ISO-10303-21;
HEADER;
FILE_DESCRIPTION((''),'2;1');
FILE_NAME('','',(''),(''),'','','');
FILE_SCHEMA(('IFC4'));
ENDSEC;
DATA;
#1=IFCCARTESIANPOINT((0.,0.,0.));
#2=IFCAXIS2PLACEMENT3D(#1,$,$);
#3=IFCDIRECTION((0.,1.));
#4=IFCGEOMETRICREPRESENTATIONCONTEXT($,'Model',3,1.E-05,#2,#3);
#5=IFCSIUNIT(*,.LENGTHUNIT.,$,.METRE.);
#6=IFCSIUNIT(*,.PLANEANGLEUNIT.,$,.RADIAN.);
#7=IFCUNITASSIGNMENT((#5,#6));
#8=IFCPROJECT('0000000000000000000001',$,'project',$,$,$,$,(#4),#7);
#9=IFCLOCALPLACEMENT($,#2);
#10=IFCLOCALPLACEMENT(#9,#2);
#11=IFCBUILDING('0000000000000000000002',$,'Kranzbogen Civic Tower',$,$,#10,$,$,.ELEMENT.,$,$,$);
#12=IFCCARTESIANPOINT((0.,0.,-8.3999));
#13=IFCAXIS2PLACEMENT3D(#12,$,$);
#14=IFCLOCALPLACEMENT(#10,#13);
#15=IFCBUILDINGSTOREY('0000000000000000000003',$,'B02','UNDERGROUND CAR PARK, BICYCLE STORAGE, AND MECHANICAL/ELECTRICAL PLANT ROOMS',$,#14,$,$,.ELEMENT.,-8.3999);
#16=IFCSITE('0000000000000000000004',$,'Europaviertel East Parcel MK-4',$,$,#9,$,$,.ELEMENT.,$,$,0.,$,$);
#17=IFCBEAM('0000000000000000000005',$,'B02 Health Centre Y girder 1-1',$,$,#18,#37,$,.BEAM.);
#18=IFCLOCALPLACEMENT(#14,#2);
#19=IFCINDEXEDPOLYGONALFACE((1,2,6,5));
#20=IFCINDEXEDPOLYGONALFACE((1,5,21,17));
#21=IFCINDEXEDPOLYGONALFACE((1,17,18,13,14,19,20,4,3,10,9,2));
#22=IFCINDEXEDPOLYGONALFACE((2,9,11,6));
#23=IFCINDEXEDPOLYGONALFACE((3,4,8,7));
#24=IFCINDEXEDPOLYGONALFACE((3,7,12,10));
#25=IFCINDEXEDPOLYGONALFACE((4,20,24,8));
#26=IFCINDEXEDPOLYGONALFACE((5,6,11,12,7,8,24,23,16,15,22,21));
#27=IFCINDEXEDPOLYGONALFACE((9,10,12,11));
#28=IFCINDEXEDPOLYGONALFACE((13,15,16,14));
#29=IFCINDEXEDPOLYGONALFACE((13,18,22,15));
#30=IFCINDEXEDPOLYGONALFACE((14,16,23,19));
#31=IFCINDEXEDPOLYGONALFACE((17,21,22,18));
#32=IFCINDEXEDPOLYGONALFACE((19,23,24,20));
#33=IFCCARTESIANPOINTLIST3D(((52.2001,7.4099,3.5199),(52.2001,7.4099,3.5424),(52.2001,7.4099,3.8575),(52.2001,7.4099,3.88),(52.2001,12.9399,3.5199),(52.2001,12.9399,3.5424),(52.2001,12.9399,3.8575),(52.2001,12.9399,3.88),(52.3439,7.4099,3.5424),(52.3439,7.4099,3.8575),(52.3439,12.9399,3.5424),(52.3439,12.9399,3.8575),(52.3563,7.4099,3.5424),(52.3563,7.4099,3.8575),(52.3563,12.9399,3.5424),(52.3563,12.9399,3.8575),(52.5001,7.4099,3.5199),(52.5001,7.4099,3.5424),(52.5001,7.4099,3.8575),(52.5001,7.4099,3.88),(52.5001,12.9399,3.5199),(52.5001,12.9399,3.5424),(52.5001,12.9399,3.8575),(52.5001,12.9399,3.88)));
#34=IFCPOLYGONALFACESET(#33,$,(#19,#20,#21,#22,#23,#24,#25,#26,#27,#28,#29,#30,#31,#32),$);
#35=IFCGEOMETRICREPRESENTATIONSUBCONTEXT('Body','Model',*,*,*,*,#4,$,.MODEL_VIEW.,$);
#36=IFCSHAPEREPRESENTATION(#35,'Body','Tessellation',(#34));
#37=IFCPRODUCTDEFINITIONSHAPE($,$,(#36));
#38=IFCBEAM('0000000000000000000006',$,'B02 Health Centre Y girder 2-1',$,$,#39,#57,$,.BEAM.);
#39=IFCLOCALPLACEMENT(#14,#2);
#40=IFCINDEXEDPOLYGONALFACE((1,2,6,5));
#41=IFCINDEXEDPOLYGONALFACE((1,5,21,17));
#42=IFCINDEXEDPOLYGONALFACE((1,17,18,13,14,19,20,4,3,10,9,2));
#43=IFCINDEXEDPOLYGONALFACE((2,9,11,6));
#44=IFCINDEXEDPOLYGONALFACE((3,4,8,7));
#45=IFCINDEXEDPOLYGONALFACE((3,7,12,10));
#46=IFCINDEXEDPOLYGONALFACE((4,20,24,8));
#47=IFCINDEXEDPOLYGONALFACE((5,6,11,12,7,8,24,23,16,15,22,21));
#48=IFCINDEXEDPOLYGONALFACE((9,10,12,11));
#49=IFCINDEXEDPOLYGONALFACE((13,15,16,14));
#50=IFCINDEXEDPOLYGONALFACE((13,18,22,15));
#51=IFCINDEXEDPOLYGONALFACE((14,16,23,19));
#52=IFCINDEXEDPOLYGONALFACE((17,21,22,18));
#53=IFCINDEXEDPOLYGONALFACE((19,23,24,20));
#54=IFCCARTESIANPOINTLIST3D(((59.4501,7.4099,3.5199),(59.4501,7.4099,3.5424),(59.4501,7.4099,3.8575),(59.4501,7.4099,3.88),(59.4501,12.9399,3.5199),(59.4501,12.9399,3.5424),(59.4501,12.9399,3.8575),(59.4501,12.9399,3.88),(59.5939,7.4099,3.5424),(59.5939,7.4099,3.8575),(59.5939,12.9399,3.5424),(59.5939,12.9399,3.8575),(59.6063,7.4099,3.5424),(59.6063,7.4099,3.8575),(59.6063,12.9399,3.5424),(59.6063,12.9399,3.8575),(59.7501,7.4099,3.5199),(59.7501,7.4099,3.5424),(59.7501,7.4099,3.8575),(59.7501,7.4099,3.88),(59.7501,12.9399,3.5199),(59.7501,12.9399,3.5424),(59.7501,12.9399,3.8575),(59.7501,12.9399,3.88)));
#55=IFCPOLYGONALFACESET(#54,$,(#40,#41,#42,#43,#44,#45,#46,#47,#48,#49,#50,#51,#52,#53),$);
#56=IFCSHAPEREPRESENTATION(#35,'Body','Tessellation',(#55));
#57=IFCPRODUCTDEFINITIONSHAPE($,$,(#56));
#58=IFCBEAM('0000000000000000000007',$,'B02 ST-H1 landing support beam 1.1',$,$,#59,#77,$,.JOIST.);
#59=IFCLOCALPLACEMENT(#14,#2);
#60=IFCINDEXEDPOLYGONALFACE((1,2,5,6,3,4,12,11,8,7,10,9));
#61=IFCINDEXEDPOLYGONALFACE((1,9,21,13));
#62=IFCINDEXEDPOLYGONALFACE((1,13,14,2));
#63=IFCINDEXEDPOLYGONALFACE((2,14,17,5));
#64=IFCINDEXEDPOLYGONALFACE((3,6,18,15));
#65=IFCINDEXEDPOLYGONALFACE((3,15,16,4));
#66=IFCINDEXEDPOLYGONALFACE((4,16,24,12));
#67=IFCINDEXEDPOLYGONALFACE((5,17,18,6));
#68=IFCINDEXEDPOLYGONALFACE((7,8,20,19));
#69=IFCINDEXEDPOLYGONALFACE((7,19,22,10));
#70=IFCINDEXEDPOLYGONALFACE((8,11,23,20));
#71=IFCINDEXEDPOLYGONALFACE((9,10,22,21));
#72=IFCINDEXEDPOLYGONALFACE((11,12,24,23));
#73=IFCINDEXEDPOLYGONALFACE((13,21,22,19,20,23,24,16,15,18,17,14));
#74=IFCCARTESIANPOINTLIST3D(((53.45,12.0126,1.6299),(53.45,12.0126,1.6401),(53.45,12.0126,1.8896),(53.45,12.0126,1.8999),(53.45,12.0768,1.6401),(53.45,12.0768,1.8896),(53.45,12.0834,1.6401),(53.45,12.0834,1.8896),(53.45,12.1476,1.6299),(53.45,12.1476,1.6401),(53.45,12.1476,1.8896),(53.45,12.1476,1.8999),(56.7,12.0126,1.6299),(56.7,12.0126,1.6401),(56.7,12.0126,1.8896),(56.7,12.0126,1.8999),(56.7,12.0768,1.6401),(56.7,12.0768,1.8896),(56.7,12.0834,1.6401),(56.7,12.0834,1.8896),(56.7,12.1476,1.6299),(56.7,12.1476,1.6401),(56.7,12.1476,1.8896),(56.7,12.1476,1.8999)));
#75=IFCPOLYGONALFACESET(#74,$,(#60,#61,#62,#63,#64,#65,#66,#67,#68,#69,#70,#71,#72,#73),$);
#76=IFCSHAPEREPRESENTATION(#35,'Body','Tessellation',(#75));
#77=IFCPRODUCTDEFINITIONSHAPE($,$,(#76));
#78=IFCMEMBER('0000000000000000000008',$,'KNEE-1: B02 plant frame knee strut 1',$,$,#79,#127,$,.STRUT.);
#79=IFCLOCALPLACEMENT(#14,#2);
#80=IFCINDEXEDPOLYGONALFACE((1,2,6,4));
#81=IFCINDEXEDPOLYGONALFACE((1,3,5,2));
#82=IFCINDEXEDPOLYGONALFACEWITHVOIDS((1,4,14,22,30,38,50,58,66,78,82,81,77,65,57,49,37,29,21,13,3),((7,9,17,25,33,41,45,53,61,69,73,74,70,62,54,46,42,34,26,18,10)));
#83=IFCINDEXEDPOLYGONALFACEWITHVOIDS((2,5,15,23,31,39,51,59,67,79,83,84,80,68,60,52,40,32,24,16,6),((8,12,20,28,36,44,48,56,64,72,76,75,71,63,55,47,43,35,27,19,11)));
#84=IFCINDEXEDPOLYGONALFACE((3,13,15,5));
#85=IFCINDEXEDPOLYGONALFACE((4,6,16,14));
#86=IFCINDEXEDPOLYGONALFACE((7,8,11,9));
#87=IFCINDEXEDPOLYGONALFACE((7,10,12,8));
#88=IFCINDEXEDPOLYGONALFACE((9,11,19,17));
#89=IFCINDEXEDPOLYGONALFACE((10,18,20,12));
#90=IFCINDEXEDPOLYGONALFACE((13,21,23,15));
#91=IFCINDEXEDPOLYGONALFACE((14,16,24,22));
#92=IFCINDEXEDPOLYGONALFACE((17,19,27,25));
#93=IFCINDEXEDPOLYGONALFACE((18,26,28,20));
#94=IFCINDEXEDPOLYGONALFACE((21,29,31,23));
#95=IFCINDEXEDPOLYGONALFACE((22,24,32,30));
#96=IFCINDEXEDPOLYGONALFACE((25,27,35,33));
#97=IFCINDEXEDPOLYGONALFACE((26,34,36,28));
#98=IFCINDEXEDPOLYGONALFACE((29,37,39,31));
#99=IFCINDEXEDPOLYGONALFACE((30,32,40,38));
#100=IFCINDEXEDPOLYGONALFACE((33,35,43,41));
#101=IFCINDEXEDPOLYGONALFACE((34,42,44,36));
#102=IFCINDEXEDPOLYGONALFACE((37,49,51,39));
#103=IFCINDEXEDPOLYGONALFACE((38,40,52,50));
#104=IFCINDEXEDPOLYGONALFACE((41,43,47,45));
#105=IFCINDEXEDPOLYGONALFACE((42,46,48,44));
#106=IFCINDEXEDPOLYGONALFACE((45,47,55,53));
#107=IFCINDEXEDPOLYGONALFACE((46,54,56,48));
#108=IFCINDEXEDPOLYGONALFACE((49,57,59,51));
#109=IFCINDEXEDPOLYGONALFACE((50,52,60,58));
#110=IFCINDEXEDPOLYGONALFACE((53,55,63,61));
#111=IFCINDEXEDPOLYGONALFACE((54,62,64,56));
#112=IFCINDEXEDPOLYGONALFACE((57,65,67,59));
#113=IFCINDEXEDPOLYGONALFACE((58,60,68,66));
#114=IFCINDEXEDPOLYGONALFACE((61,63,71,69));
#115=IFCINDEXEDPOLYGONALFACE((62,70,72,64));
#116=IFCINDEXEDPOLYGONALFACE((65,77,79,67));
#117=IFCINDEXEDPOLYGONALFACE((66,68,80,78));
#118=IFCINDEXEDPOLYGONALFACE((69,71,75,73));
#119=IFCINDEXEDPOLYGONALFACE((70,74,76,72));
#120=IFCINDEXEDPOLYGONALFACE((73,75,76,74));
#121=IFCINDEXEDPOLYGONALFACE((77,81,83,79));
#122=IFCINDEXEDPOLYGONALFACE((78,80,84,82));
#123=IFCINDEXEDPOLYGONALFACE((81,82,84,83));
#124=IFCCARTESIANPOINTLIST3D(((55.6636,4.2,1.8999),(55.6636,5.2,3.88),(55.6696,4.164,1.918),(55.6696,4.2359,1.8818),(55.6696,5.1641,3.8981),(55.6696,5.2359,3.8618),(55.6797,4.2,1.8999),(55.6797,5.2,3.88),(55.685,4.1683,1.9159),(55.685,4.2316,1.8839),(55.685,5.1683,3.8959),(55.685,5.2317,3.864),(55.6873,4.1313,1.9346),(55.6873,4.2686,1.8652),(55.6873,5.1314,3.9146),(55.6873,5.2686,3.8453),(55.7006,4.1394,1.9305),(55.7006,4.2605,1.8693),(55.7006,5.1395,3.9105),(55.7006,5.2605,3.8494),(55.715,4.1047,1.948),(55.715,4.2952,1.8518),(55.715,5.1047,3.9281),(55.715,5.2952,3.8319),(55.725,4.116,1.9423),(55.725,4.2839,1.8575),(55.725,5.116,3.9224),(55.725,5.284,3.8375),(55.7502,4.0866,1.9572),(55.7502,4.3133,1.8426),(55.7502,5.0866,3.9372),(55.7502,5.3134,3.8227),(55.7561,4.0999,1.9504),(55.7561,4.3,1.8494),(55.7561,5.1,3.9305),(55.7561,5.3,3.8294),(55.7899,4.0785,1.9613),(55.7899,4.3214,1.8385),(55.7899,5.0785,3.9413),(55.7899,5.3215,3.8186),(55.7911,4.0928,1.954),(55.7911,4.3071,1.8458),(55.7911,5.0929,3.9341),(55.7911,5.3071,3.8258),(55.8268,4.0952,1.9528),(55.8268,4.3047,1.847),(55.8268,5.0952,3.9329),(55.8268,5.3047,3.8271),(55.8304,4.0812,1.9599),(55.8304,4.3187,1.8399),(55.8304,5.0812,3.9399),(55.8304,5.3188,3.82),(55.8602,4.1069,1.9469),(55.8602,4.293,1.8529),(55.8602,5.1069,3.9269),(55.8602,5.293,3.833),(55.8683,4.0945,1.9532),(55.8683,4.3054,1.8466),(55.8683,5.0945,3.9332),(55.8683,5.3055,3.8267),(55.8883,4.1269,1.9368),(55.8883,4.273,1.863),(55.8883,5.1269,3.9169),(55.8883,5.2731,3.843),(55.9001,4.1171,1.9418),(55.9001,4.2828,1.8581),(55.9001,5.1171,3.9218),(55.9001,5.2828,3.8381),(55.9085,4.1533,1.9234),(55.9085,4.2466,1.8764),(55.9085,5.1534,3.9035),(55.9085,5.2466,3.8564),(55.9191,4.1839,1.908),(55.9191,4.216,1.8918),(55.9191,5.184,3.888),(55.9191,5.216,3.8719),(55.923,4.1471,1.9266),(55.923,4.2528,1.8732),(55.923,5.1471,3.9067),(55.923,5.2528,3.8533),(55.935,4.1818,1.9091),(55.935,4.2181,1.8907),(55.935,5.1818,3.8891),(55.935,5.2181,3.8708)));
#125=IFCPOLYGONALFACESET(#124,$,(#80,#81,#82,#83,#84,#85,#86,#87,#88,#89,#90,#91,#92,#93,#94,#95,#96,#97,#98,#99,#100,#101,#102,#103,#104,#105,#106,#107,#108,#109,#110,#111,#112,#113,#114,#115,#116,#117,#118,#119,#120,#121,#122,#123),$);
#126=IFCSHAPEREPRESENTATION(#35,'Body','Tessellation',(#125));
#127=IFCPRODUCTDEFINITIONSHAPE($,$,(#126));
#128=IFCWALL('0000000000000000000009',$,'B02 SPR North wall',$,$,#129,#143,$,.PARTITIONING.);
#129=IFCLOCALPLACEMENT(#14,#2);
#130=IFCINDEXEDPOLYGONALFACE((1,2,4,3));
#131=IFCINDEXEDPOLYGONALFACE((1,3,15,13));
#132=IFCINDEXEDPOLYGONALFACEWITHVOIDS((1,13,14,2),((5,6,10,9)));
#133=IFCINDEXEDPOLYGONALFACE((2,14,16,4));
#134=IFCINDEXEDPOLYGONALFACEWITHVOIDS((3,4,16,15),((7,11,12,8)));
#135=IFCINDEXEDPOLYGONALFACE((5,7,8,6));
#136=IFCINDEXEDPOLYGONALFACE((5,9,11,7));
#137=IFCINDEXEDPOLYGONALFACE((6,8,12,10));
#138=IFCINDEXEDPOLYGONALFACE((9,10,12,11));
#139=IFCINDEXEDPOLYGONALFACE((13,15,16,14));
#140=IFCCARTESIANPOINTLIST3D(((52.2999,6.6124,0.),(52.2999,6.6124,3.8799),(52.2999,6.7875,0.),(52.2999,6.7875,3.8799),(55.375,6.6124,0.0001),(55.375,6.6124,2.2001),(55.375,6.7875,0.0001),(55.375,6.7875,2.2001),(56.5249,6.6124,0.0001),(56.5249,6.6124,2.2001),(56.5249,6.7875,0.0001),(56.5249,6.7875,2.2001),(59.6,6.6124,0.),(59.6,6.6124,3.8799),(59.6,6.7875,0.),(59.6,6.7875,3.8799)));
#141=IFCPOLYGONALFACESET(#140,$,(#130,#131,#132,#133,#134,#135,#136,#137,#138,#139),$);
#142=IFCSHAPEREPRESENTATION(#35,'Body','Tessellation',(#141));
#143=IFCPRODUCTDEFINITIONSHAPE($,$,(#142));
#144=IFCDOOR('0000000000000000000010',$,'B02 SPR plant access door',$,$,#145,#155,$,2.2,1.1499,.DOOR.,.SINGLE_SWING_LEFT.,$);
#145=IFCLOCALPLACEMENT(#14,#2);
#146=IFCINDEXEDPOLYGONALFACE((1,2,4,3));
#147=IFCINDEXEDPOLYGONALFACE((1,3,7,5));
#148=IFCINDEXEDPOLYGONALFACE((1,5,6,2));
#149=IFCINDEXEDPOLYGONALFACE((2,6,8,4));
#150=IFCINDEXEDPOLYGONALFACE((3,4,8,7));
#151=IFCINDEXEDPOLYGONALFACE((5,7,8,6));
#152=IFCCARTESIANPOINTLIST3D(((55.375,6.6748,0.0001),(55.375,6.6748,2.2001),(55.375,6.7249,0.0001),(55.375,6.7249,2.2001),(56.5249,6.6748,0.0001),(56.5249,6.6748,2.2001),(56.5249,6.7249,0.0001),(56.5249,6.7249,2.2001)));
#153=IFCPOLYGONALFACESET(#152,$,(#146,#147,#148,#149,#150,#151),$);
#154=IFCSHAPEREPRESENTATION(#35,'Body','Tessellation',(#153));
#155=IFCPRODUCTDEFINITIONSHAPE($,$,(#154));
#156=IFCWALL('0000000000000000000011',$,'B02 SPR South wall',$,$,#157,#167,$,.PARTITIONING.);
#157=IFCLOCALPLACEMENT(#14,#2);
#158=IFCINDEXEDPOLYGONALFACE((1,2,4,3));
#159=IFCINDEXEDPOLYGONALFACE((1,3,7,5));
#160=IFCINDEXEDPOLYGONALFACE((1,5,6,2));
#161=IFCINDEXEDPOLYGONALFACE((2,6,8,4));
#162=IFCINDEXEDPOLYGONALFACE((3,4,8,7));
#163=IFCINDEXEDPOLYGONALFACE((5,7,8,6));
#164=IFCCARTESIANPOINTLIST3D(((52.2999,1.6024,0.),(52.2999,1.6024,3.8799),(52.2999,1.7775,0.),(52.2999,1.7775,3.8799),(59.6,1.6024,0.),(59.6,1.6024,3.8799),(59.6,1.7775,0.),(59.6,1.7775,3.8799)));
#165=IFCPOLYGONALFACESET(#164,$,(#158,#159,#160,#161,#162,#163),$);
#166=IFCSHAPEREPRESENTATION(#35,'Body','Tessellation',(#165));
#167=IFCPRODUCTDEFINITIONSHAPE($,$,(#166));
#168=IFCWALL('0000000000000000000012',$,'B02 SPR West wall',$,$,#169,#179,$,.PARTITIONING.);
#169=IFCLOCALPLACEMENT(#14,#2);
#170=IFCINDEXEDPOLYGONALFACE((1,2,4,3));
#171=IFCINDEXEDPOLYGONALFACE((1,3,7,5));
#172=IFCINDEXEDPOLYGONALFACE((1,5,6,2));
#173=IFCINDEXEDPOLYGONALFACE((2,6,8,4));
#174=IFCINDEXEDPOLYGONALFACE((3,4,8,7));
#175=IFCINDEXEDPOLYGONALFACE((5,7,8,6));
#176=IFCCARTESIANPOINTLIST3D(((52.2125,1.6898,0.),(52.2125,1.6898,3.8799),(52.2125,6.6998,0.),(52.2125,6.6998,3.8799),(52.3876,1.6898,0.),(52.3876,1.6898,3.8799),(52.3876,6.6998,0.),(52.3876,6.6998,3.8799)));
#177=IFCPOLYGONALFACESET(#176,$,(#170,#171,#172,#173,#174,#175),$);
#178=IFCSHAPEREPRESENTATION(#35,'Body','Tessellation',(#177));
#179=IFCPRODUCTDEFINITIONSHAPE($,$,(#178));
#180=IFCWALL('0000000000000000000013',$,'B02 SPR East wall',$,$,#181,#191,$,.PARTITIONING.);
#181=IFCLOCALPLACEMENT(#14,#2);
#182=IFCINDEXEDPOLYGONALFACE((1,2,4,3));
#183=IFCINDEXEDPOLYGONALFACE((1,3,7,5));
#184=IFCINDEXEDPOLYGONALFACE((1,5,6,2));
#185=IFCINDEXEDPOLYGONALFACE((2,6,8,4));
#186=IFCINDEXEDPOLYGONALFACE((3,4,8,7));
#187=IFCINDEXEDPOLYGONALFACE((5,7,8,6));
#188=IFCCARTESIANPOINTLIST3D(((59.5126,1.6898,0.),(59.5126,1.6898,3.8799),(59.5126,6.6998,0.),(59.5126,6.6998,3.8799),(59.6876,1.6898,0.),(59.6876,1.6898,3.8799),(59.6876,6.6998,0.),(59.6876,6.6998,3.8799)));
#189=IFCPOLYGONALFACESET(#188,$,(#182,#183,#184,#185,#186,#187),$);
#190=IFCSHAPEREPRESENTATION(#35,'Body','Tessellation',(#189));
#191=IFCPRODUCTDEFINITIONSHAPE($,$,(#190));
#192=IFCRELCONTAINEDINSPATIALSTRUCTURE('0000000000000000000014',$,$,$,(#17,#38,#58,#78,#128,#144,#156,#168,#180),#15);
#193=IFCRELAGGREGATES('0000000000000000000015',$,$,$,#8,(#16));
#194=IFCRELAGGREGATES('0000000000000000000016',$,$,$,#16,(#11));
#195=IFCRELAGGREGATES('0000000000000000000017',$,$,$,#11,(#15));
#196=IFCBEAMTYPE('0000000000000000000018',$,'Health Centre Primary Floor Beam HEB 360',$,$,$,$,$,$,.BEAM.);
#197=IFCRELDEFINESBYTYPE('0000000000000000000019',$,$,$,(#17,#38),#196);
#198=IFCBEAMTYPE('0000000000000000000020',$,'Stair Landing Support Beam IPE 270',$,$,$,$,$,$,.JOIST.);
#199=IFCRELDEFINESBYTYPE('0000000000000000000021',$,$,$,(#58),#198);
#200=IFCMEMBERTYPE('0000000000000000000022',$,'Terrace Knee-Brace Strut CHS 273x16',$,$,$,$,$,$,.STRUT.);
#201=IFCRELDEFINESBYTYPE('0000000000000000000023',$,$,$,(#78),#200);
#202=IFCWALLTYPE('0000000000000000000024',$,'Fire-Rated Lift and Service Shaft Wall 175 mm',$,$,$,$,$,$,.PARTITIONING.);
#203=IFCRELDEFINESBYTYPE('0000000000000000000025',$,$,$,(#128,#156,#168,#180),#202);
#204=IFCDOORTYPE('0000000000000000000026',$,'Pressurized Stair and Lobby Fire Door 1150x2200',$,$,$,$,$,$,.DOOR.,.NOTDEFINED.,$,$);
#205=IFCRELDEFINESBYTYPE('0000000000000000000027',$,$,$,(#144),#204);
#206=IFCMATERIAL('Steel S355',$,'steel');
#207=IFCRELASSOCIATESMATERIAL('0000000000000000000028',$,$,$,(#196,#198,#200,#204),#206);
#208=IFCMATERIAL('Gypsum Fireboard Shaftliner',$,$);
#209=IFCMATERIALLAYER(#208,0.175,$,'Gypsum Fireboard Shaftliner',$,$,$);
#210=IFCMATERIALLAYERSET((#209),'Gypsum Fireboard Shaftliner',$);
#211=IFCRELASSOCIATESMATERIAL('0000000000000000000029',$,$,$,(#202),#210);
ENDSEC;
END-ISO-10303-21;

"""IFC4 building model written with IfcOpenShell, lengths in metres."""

from ifc_helpers import new_model, si_unit, direction, frame, frame_2d, origin, origin_2d, place, context, subcontext, project, spatial, rectangle, hollow_circle, i_section, extrude, material, layer, layer_set, material_profile, profile_set, type_object, element, fill, save


model = new_model("IFC4")

# Units and contexts
model_context = context("Model", 3, precision=1e-05, world=origin(), true_north=direction((0.0, 1.0)))
body_context = subcontext(model_context, "Body", "Model", "MODEL_VIEW")
ifc_project = project(units=[si_unit("LENGTHUNIT", "METRE"), si_unit("PLANEANGLEUNIT", "RADIAN")], contexts=[model_context])

# Site, building, storey
site_placement = place(None, origin())
site = spatial("IfcSite", under=ifc_project, at=site_placement, Name="Europaviertel East Parcel MK-4", CompositionType="ELEMENT", RefElevation=0.0)
building_placement = place(site_placement, origin())
building = spatial("IfcBuilding", under=site, at=building_placement, Name="Kranzbogen Civic Tower", CompositionType="ELEMENT")
storey_placement = place(building_placement, frame((0.0, 0.0, -8.3999)))
storey = spatial("IfcBuildingStorey", under=building, at=storey_placement, Name="B02", Description="UNDERGROUND CAR PARK, BICYCLE STORAGE, AND MECHANICAL/ELECTRICAL PLANT ROOMS", CompositionType="ELEMENT", Elevation=-8.3999)

# Shared definitions
ifc_material_1 = material(Name="Steel S355", Category="steel")

# Beams
ifc_material_profile_1 = material_profile(ifc_material_1, i_section(OverallWidth=0.3, OverallDepth=0.3601, WebThickness=0.0125, FlangeThickness=0.0225, at=origin_2d()), Name="HEB 360")
ifc_profile_set_1 = profile_set([ifc_material_profile_1], Name="Steel S355")
beam_type_1 = type_object("IfcBeamType", Name="Health Centre Primary Floor Beam HEB 360", PredefinedType="BEAM", material=ifc_profile_set_1)
for number, where, z_axis, x_axis, name in (
    (1, (52.3501, 7.4099, 3.7), (0.0, 1.0, 0.0), (-1.0, 0.0, 0.0), "B02 Health Centre Y girder 1-1"),
    (2, (59.6001, 7.4099, 3.7), (0.0, 1.0, 0.0), (-1.0, 0.0, 0.0), "B02 Health Centre Y girder 2-1"),
):
    element("IfcBeam", number, at=place(storey_placement, frame(where, z_axis=z_axis, x_axis=x_axis)), inside=storey, type_object=beam_type_1, Name=name, PredefinedType="BEAM", context=body_context, shape_type="SweptSolid", body=[
        extrude(i_section(OverallWidth=0.3, OverallDepth=0.3601, WebThickness=0.0125, FlangeThickness=0.0225, at=origin_2d()), origin(), (0.0, 0.0, 1.0), 5.53),
    ])
ifc_material_profile_2 = material_profile(ifc_material_1, i_section(OverallWidth=0.135, OverallDepth=0.27, WebThickness=0.0066, FlangeThickness=0.0103, at=origin_2d()), Name="IPE 270")
ifc_profile_set_2 = profile_set([ifc_material_profile_2], Name="Steel S355")
beam_type_2 = type_object("IfcBeamType", Name="Stair Landing Support Beam IPE 270", PredefinedType="JOIST", material=ifc_profile_set_2)
beam_placement = place(storey_placement, frame((56.7, 12.0801, 1.7649), z_axis=(-1.0, 0.0, 0.0), x_axis=(0.0, -1.0, 0.0)))
element("IfcBeam", 3, at=beam_placement, inside=storey, type_object=beam_type_2, Name="B02 ST-H1 landing support beam 1.1", PredefinedType="JOIST", context=body_context, shape_type="SweptSolid", body=[
    extrude(i_section(OverallWidth=0.135, OverallDepth=0.27, WebThickness=0.0066, FlangeThickness=0.0103, at=origin_2d()), origin(), (0.0, 0.0, 1.0), 3.25),
])

# Member
ifc_material_profile_3 = material_profile(ifc_material_1, hollow_circle(Radius=0.1365, WallThickness=0.0161, at=origin_2d()), Name="CHS 273x16")
ifc_profile_set_3 = profile_set([ifc_material_profile_3], Name="Steel S355")
member_type = type_object("IfcMemberType", Name="Terrace Knee-Brace Strut CHS 273x16", PredefinedType="STRUT", material=ifc_profile_set_3)
member_placement = place(storey_placement, frame((55.8, 4.2, 1.8999), z_axis=(0.0, 0.45082, 0.892615), x_axis=(-1.0, 0.0, 0.0)))
element("IfcMember", 4, at=member_placement, inside=storey, type_object=member_type, Name="KNEE-1: B02 plant frame knee strut 1", PredefinedType="STRUT", context=body_context, shape_type="SweptSolid", body=[
    extrude(hollow_circle(Radius=0.1365, WallThickness=0.0161, at=origin_2d()), origin(), (0.0, 0.0, 1.0), 2.2183),
])

# Wall, opening, door
ifc_material_2 = material(Name="Gypsum Fireboard Shaftliner")
ifc_layer_1 = layer(ifc_material_2, 0.175, Name="Gypsum Fireboard Shaftliner")
ifc_layer_set_1 = layer_set([ifc_layer_1], Name="Gypsum Fireboard Shaftliner")
wall_type_1 = type_object("IfcWallType", Name="Fire-Rated Lift and Service Shaft Wall 175 mm", PredefinedType="PARTITIONING", material=ifc_layer_set_1)
wall_1_placement = place(storey_placement, frame((52.3, 6.7, 0.0), z_axis=(0.0, 0.0, 1.0), x_axis=(1.0, 0.0, 0.0)))
wall_1 = element("IfcWall", 5, at=wall_1_placement, inside=storey, type_object=wall_type_1, Name="B02 SPR North wall", PredefinedType="PARTITIONING", context=body_context, shape_type="SweptSolid", body=[
    extrude(rectangle(XDim=7.3, YDim=0.175, at=frame_2d((3.6499, 0.0))), origin(), (0.0, 0.0, 1.0), 3.8799),
])
opening_1_placement = place(wall_1_placement, frame((3.075, 0.0, 0.0)))
opening_1 = element("IfcOpeningElement", 6, at=opening_1_placement, cuts=wall_1, PredefinedType="OPENING", context=body_context, shape_type="SweptSolid", body=[
    extrude(rectangle(XDim=1.1499, YDim=2.2, at=frame_2d((0.575, 1.1001))), frame((0.0, 0.0977, 0.0), z_axis=(0.0, -1.0, 0.0), x_axis=(1.0, 0.0, 0.0)), (0.0, 0.0, 1.0), 0.1951),
])
door_type = type_object("IfcDoorType", Name="Pressurized Stair and Lobby Fire Door 1150x2200", OperationType="NOTDEFINED", PredefinedType="DOOR", material=ifc_material_1)
door_1_placement = place(opening_1_placement, origin())
door_1 = element("IfcDoor", 7, at=door_1_placement, inside=storey, type_object=door_type, Name="B02 SPR plant access door", OperationType="SINGLE_SWING_LEFT", OverallHeight=2.2, OverallWidth=1.1499, PredefinedType="DOOR", context=body_context, shape_type="SweptSolid", body=[
    extrude(rectangle(XDim=1.1499, YDim=2.2, at=frame_2d((0.575, 1.1001))), frame((0.0, 0.0249, 0.0), z_axis=(0.0, -1.0, 0.0), x_axis=(1.0, 0.0, 0.0)), (0.0, 0.0, 1.0), 0.05),
])
fill(opening_1, door_1)

# Walls
wall_2_placement = place(storey_placement, frame((52.3, 1.6899, 0.0), z_axis=(0.0, 0.0, 1.0), x_axis=(1.0, 0.0, 0.0)))
element("IfcWall", 8, at=wall_2_placement, inside=storey, type_object=wall_type_1, Name="B02 SPR South wall", PredefinedType="PARTITIONING", context=body_context, shape_type="SweptSolid", body=[
    extrude(rectangle(XDim=7.3, YDim=0.175, at=frame_2d((3.6499, 0.0))), origin(), (0.0, 0.0, 1.0), 3.8799),
])
for number, where, z_axis, x_axis, name in (
    (9, (52.3, 1.6899, 0.0), (0.0, 0.0, 1.0), (0.0, 1.0, 0.0), "B02 SPR West wall"),
    (10, (59.6001, 1.6899, 0.0), (0.0, 0.0, 1.0), (0.0, 1.0, 0.0), "B02 SPR East wall"),
):
    element("IfcWall", number, at=place(storey_placement, frame(where, z_axis=z_axis, x_axis=x_axis)), inside=storey, type_object=wall_type_1, Name=name, PredefinedType="PARTITIONING", context=body_context, shape_type="SweptSolid", body=[
        extrude(rectangle(XDim=5.01, YDim=0.175, at=frame_2d((2.5049, 0.0))), origin(), (0.0, 0.0, 1.0), 3.8799),
    ])

save(model, "model.ifc")
